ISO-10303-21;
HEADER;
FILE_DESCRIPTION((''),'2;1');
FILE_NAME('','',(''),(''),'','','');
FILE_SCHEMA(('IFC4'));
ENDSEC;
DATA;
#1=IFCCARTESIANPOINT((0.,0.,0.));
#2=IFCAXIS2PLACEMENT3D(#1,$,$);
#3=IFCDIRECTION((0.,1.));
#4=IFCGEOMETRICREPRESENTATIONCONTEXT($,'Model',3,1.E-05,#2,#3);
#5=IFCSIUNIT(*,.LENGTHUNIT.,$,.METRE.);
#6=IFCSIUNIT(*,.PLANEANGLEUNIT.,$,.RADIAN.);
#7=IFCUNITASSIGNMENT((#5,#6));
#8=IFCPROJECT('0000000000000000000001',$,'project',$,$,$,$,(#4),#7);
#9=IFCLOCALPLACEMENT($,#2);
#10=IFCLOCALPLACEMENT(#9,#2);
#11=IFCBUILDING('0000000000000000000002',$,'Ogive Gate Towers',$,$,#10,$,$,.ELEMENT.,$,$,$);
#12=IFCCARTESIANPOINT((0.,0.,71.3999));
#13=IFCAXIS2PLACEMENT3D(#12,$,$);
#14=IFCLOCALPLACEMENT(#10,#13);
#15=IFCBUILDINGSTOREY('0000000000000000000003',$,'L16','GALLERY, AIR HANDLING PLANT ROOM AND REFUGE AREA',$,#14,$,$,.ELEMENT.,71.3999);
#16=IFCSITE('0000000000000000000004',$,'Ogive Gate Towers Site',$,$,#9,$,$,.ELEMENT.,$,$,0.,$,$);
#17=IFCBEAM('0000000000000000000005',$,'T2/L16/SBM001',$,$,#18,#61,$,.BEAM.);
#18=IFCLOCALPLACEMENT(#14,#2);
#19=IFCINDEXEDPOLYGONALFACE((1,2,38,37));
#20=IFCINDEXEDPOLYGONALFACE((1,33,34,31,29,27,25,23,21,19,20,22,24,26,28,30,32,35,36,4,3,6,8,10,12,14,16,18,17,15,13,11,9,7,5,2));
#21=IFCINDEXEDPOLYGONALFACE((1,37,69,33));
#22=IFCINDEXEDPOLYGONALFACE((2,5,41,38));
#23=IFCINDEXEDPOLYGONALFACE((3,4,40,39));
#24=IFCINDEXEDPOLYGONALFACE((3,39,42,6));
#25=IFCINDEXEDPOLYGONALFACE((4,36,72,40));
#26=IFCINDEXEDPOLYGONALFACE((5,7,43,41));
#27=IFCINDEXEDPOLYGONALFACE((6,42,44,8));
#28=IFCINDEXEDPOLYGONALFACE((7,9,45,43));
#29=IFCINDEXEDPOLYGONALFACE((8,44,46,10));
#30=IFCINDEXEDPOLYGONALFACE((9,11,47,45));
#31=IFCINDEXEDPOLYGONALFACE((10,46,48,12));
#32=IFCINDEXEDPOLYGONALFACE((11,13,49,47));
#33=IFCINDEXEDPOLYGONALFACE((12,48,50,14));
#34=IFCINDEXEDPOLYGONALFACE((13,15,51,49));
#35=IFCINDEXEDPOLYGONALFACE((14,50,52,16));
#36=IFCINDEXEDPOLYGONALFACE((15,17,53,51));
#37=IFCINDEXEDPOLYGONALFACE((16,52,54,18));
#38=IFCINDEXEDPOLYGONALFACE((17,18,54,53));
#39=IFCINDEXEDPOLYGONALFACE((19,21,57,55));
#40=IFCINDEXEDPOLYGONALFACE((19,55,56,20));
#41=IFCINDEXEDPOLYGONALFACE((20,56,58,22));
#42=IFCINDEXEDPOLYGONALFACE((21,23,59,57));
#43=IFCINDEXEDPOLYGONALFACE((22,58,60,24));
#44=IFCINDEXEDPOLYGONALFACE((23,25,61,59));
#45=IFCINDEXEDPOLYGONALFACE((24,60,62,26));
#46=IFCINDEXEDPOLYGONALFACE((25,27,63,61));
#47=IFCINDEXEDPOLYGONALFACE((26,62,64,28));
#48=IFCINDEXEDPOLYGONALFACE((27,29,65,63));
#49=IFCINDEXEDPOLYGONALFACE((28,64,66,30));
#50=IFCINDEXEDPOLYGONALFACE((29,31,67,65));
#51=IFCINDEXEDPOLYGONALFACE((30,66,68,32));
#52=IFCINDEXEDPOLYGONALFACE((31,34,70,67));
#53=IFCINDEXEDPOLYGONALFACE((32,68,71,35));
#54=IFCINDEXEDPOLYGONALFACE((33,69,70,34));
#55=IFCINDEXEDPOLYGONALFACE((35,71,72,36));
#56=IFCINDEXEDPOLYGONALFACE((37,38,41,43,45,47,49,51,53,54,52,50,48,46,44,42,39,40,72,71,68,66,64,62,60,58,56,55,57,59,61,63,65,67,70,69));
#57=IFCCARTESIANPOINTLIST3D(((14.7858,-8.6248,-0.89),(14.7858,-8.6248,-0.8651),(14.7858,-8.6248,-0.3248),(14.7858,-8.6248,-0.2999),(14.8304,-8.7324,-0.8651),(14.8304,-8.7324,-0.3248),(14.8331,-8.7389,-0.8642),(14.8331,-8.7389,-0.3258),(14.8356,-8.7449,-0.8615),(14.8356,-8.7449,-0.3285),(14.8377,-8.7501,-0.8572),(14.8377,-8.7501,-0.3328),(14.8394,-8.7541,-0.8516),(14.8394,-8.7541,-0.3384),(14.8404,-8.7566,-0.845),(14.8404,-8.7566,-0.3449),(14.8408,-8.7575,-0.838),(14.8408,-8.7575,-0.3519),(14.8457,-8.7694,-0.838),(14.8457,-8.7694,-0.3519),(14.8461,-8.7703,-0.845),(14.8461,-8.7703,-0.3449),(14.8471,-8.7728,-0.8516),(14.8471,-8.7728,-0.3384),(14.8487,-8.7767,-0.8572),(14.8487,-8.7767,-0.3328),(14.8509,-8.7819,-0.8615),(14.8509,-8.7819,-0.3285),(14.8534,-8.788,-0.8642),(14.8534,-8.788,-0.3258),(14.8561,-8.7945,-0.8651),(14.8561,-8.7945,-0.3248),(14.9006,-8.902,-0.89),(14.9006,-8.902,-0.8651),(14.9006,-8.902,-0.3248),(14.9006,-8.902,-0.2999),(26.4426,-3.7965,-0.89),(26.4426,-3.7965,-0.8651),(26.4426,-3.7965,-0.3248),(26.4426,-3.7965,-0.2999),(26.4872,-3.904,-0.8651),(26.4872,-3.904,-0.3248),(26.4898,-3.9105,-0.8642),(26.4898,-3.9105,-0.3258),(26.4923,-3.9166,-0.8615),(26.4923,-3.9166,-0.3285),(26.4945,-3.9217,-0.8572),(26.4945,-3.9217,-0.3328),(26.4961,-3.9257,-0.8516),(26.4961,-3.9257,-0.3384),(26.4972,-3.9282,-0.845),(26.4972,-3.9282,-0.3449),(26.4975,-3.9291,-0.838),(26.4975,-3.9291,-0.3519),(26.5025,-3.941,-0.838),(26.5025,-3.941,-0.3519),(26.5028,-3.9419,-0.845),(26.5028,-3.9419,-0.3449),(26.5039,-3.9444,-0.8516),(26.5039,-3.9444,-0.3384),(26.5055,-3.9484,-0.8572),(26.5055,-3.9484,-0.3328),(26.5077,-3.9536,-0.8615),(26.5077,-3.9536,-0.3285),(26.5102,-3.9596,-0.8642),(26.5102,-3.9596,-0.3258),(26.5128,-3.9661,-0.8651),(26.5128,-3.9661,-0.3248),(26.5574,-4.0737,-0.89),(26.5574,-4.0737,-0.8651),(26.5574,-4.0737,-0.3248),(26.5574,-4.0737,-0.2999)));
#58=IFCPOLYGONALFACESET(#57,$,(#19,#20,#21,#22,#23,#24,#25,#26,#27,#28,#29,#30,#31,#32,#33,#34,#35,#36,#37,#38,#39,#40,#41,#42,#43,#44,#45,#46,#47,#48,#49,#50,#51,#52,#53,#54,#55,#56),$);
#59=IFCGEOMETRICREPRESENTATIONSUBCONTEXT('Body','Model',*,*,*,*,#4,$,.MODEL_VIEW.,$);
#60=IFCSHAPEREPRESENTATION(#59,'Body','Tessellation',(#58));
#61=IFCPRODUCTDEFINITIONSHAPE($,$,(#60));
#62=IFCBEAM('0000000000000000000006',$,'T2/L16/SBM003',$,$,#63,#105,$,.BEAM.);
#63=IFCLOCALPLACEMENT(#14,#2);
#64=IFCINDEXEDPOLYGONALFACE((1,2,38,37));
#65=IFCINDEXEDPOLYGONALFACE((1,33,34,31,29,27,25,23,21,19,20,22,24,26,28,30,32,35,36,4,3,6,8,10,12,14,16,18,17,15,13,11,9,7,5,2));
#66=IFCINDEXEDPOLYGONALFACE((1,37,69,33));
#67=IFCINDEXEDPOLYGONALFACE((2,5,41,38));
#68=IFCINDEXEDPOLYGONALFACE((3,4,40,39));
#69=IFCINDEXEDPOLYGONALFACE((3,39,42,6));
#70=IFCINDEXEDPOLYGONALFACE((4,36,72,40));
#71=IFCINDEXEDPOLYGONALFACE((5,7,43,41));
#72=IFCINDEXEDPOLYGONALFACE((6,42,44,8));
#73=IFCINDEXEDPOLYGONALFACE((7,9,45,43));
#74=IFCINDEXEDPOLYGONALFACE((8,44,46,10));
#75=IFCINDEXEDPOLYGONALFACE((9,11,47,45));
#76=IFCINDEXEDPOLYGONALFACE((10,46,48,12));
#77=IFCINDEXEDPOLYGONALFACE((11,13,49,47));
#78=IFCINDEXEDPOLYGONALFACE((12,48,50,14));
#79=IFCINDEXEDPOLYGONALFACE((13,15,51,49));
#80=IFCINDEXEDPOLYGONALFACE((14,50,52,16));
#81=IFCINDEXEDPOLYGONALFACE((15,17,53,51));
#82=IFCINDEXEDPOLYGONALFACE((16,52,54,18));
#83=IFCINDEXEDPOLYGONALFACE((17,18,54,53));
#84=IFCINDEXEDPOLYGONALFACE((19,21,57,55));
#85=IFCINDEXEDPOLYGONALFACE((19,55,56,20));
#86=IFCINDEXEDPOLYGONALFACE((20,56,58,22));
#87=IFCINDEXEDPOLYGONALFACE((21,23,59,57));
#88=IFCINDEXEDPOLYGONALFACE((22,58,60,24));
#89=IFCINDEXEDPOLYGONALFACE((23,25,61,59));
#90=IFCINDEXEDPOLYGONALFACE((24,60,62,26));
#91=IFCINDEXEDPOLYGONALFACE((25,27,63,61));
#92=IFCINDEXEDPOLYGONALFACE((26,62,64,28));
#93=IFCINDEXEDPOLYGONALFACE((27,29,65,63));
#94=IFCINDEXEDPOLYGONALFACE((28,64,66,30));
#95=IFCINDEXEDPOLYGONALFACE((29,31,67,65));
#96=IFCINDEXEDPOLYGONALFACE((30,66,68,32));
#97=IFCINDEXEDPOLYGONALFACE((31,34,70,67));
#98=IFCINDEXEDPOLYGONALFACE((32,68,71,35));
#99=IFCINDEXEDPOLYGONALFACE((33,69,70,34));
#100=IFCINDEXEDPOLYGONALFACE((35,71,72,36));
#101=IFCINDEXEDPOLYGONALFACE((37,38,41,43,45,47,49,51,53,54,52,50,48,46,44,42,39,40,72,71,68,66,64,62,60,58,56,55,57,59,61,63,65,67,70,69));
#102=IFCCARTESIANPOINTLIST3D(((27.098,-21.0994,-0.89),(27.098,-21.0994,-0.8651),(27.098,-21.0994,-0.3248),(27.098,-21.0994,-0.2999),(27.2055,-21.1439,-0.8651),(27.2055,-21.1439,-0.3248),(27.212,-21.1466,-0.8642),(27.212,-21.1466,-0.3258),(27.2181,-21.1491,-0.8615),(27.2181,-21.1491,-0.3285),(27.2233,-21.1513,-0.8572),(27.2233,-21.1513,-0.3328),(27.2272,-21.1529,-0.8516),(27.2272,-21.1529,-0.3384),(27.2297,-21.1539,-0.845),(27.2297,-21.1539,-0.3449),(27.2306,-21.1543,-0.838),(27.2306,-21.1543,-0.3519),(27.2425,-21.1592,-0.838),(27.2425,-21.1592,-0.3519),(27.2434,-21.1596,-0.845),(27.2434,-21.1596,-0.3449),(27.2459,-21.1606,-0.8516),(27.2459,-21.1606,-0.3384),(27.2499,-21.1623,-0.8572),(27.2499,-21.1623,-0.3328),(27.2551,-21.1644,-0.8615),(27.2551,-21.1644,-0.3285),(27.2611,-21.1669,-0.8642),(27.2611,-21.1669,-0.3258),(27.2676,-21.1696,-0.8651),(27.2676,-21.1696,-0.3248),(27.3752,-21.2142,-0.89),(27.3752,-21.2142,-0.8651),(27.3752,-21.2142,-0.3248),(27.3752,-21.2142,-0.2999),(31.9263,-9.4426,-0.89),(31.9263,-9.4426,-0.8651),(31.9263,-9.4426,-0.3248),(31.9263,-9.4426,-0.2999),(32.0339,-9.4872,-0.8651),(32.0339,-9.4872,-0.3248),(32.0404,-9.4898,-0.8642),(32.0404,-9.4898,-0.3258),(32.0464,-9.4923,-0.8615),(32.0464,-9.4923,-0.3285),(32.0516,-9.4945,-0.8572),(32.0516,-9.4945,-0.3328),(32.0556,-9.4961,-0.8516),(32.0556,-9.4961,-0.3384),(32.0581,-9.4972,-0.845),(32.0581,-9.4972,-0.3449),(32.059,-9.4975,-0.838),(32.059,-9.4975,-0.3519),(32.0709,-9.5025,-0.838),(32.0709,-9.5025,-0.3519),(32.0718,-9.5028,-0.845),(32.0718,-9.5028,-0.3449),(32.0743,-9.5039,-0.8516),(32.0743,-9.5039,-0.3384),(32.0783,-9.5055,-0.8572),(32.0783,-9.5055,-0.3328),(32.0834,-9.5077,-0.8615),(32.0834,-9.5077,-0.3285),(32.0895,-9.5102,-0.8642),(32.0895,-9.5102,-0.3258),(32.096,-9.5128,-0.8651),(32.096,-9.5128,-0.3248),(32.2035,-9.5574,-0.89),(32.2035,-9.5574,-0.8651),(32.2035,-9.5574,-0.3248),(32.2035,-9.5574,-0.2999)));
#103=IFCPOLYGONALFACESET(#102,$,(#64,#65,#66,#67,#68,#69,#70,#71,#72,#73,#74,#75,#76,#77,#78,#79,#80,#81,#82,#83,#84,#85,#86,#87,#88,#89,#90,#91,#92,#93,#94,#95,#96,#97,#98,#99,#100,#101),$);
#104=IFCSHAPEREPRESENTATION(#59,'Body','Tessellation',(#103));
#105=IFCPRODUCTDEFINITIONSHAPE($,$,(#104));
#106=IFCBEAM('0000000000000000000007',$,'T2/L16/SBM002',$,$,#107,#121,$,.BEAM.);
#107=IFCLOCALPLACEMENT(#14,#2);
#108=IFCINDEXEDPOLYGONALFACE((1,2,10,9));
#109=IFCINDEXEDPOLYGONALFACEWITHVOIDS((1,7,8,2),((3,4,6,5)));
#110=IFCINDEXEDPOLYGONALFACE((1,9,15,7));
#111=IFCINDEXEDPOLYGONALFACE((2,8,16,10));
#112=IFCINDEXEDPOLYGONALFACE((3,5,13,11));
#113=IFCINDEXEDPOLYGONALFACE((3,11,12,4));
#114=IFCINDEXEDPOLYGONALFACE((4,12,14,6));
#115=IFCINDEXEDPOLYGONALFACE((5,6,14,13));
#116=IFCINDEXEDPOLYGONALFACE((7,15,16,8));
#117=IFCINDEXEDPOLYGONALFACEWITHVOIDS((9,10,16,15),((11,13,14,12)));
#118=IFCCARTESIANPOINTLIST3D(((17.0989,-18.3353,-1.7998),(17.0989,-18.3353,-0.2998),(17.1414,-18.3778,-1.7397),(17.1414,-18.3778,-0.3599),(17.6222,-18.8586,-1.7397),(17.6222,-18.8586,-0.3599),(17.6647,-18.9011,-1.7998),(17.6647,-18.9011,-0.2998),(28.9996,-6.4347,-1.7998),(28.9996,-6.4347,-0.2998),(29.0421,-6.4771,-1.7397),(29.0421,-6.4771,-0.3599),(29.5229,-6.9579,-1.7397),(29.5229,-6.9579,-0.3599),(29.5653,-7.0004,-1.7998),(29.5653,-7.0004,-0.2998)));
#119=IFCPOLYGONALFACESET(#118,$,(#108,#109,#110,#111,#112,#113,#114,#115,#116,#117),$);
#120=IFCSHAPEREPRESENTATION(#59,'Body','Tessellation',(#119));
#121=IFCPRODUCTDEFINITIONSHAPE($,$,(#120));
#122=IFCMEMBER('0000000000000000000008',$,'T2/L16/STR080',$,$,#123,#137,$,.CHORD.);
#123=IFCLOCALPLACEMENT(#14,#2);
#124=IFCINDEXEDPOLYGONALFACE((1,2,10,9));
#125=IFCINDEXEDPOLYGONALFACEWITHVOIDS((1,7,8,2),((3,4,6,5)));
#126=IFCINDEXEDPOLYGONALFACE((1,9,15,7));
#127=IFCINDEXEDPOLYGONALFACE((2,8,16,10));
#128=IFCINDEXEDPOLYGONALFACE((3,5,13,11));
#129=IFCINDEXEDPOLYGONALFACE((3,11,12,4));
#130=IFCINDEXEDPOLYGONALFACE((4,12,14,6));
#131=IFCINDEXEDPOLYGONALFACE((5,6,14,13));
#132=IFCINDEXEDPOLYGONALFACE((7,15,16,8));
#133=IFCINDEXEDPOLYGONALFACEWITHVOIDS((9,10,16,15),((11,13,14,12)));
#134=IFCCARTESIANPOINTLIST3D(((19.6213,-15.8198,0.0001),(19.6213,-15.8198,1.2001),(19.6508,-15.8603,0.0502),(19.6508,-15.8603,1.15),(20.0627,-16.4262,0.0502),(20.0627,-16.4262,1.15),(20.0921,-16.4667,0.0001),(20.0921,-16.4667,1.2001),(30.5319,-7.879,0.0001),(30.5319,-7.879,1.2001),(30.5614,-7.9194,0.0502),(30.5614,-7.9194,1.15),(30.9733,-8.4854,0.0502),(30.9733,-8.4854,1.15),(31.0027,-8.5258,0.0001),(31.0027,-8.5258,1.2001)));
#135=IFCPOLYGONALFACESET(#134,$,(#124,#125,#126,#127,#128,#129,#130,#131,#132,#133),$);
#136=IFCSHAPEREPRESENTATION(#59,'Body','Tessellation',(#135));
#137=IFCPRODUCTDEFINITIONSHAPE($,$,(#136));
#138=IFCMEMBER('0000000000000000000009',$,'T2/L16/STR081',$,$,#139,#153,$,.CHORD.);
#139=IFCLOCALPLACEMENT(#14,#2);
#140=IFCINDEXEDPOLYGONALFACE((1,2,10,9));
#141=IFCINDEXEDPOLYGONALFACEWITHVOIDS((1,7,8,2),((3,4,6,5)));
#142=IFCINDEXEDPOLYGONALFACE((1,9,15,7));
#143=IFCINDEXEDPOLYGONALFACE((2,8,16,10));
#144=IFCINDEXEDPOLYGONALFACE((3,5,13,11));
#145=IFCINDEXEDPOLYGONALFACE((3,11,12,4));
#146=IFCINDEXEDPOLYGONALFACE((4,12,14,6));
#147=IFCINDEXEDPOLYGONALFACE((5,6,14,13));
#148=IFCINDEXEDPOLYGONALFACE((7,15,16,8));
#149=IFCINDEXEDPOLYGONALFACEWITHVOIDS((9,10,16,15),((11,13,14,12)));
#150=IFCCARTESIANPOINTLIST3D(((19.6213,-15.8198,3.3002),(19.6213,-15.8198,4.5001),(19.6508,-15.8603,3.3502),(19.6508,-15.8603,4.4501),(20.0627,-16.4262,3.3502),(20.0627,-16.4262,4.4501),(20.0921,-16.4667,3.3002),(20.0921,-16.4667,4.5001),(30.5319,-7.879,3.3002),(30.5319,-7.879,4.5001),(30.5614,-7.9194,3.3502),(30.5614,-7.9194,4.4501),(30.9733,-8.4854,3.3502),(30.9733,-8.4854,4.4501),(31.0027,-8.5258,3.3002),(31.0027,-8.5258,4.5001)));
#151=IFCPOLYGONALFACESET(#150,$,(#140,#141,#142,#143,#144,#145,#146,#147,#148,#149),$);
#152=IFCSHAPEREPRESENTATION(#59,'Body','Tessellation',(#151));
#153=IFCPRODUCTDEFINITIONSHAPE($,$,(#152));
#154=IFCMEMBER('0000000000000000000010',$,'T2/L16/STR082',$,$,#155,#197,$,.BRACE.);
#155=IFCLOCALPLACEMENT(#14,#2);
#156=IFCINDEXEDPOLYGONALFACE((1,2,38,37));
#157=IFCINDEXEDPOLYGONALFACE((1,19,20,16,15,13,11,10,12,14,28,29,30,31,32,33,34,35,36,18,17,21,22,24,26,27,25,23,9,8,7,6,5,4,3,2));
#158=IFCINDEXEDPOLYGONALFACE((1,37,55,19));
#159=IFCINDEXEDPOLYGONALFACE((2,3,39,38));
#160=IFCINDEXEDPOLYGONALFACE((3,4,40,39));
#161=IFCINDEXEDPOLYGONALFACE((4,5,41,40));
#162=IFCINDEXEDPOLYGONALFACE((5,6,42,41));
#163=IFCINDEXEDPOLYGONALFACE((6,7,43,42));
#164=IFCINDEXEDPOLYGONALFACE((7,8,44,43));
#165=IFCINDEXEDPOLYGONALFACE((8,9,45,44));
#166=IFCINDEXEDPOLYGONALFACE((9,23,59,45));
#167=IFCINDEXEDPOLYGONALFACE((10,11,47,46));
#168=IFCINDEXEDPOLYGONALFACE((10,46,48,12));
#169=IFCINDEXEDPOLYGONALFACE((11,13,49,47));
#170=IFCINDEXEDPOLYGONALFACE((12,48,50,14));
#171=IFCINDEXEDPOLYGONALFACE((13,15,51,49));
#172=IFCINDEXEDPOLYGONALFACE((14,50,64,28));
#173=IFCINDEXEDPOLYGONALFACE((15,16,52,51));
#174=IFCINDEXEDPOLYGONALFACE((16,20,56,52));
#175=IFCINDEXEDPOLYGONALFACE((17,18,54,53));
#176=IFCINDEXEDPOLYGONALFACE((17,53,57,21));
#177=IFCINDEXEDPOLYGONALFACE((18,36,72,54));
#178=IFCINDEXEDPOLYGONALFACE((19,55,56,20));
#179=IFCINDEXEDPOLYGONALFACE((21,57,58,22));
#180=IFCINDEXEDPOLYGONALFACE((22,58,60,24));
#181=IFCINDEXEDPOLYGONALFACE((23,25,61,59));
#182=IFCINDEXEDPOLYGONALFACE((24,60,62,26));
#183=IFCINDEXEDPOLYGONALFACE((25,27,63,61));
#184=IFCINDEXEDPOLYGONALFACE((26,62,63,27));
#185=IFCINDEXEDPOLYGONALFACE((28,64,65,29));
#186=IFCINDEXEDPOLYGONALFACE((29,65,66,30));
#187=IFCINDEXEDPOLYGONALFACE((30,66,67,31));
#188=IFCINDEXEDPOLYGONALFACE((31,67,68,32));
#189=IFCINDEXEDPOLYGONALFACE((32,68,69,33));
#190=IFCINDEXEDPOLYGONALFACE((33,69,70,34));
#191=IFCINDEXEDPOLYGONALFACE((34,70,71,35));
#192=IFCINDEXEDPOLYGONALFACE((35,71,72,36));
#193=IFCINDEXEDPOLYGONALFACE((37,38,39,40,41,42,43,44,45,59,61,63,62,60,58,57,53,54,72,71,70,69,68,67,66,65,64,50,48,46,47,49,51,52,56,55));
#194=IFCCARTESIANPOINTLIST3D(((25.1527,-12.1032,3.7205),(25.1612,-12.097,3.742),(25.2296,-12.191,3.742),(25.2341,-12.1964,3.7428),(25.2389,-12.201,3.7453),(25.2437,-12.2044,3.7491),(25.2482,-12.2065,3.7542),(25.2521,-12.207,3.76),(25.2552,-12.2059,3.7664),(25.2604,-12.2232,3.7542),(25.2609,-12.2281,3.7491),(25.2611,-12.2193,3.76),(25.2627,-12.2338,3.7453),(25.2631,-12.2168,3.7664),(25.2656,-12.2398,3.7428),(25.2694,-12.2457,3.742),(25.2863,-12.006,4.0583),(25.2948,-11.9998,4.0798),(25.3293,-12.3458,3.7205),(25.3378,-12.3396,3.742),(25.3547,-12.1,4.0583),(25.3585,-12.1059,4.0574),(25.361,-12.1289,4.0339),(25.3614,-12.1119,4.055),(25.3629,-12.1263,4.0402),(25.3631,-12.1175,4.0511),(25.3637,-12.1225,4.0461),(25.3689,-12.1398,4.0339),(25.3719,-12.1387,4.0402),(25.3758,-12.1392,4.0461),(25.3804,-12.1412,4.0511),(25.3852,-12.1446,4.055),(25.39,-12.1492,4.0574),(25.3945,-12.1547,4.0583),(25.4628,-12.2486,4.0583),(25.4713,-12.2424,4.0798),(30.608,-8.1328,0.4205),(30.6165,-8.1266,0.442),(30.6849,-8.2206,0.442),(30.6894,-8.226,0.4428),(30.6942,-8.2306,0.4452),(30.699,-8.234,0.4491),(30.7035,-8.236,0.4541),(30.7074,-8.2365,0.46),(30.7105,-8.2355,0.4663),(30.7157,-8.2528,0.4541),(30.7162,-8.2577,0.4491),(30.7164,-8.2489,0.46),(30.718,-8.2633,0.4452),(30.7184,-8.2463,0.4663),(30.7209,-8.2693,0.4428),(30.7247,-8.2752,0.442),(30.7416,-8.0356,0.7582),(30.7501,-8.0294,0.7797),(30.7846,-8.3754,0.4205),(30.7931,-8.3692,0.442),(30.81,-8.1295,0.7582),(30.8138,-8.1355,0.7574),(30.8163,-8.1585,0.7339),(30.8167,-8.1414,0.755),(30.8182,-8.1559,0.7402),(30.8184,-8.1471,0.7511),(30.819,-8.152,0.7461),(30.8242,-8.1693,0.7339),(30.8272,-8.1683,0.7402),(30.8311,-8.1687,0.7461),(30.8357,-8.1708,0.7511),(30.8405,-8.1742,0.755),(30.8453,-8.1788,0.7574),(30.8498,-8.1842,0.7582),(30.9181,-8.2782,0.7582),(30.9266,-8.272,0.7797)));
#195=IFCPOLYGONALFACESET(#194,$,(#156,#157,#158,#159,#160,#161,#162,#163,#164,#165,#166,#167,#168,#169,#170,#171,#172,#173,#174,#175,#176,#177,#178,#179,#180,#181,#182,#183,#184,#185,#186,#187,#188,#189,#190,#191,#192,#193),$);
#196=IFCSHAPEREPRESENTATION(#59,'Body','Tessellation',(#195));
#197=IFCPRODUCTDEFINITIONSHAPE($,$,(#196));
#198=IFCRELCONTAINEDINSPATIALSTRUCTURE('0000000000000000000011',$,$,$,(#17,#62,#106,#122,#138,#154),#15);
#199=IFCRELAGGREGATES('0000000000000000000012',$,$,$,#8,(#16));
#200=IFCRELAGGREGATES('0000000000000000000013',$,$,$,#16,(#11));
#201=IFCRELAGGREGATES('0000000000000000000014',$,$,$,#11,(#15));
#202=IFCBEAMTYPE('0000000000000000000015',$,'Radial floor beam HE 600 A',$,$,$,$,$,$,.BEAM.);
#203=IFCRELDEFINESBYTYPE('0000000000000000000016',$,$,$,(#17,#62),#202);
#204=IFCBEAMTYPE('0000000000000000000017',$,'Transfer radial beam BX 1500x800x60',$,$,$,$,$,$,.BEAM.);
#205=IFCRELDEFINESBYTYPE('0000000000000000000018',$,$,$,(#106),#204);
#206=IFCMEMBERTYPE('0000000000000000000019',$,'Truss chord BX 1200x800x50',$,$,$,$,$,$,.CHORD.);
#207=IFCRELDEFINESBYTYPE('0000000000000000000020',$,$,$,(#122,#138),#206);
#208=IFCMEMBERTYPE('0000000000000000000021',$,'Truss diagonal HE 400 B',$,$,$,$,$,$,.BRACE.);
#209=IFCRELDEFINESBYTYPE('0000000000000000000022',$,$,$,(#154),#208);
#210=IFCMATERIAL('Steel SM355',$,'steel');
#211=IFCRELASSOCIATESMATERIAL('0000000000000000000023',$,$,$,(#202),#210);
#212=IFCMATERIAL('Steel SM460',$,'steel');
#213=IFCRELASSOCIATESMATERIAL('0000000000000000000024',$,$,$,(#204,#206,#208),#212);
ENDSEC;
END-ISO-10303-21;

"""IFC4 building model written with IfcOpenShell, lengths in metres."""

from ifc_helpers import new_model, si_unit, direction, frame, origin, origin_2d, place, context, subcontext, project, spatial, hollow_rectangle, i_section, extrude, material, material_profile, profile_set, type_object, element, save


model = new_model("IFC4")

# Units and contexts
model_context = context("Model", 3, precision=1e-05, world=origin(), true_north=direction((0.0, 1.0)))
body_context = subcontext(model_context, "Body", "Model", "MODEL_VIEW")
ifc_project = project(units=[si_unit("LENGTHUNIT", "METRE"), si_unit("PLANEANGLEUNIT", "RADIAN")], contexts=[model_context])

# Site, building, storey
site_placement = place(None, origin())
site = spatial("IfcSite", under=ifc_project, at=site_placement, Name="Ogive Gate Towers Site", CompositionType="ELEMENT", RefElevation=0.0)
building_placement = place(site_placement, origin())
building = spatial("IfcBuilding", under=site, at=building_placement, Name="Ogive Gate Towers", CompositionType="ELEMENT")
storey_placement = place(building_placement, frame((0.0, 0.0, 71.3999)))
storey = spatial("IfcBuildingStorey", under=building, at=storey_placement, Name="L16", Description="GALLERY, AIR HANDLING PLANT ROOM AND REFUGE AREA", CompositionType="ELEMENT", Elevation=71.3999)

# Beams
ifc_material_1 = material(Name="Steel SM355", Category="steel")
ifc_material_profile_1 = material_profile(ifc_material_1, i_section(OverallWidth=0.3, OverallDepth=0.5901, WebThickness=0.0129, FlangeThickness=0.0249, FilletRadius=0.0271, at=origin_2d()), Name="HE 600 A")
ifc_profile_set_1 = profile_set([ifc_material_profile_1], Name="Steel SM355")
beam_type_1 = type_object("IfcBeamType", Name="Radial floor beam HE 600 A", PredefinedType="BEAM", material=ifc_profile_set_1)
for number, where, z_axis, x_axis, name in (
    (1, (26.5, -3.9351, -0.595), (-0.92388, -0.382683, 0.0), (0.382683, -0.92388, 0.0), "T2/L16/SBM001"),
    (2, (32.0649, -9.5, -0.595), (-0.382683, -0.92388, 0.0), (0.92388, -0.382683, 0.0), "T2/L16/SBM003"),
):
    element("IfcBeam", number, at=place(storey_placement, frame(where, z_axis=z_axis, x_axis=x_axis)), inside=storey, type_object=beam_type_1, Name=name, PredefinedType="BEAM", context=body_context, shape_type="SweptSolid", body=[
        extrude(i_section(OverallWidth=0.3, OverallDepth=0.5901, WebThickness=0.0129, FlangeThickness=0.0249, FilletRadius=0.0271, at=origin_2d()), origin(), (0.0, 0.0, 1.0), 12.6172),
    ])
ifc_material_2 = material(Name="Steel SM460", Category="steel")
ifc_material_profile_2 = material_profile(ifc_material_2, hollow_rectangle(XDim=0.8, YDim=1.5, WallThickness=0.0601, at=origin_2d()), Name="BX 1500x800x60")
ifc_profile_set_2 = profile_set([ifc_material_profile_2], Name="Steel SM460")
beam_type_2 = type_object("IfcBeamType", Name="Transfer radial beam BX 1500x800x60", PredefinedType="BEAM", material=ifc_profile_set_2)
beam_placement = place(storey_placement, frame((29.2825, -6.7175, -1.0498), z_axis=(-0.707107, -0.707107, 0.0), x_axis=(0.707107, -0.707107, 0.0)))
element("IfcBeam", 3, at=beam_placement, inside=storey, type_object=beam_type_2, Name="T2/L16/SBM002", PredefinedType="BEAM", context=body_context, shape_type="SweptSolid", body=[
    extrude(hollow_rectangle(XDim=0.8, YDim=1.5, WallThickness=0.0601, at=origin_2d()), origin(), (0.0, 0.0, 1.0), 16.8301),
])

# Members
ifc_material_profile_3 = material_profile(ifc_material_2, hollow_rectangle(XDim=0.8, YDim=1.2, WallThickness=0.05, at=origin_2d()), Name="BX 1200x800x50")
ifc_profile_set_3 = profile_set([ifc_material_profile_3], Name="Steel SM460")
member_type_1 = type_object("IfcMemberType", Name="Truss chord BX 1200x800x50", PredefinedType="CHORD", material=ifc_profile_set_3)
for number, where, z_axis, x_axis, name in (
    (4, (30.7673, -8.2024, 0.6001), (-0.808528, -0.588458, 0.0), (0.588458, -0.808528, 0.0), "T2/L16/STR080"),
    (5, (30.7673, -8.2024, 3.9001), (-0.808528, -0.588458, 0.0), (0.588458, -0.808528, 0.0), "T2/L16/STR081"),
):
    element("IfcMember", number, at=place(storey_placement, frame(where, z_axis=z_axis, x_axis=x_axis)), inside=storey, type_object=member_type_1, Name=name, PredefinedType="CHORD", context=body_context, shape_type="SweptSolid", body=[
        extrude(hollow_rectangle(XDim=0.8, YDim=1.2, WallThickness=0.05, at=origin_2d()), origin(), (0.0, 0.0, 1.0), 13.4944),
    ])
ifc_material_profile_4 = material_profile(ifc_material_2, i_section(OverallWidth=0.3, OverallDepth=0.3999, WebThickness=0.0134, FlangeThickness=0.0239, FilletRadius=0.0271, at=origin_2d()), Name="HE 400 B")
ifc_profile_set_4 = profile_set([ifc_material_profile_4], Name="Steel SM460")
member_type_2 = type_object("IfcMemberType", Name="Truss diagonal HE 400 B", PredefinedType="BRACE", material=ifc_profile_set_4)
member_placement = place(storey_placement, frame((30.7673, -8.2024, 0.6001), z_axis=(-0.726309, -0.528618, 0.439361), x_axis=(0.588458, -0.808528, 0.0)))
element("IfcMember", 6, at=member_placement, inside=storey, type_object=member_type_2, Name="T2/L16/STR082", PredefinedType="BRACE", context=body_context, shape_type="SweptSolid", body=[
    extrude(i_section(OverallWidth=0.3, OverallDepth=0.3999, WebThickness=0.0134, FlangeThickness=0.0239, FilletRadius=0.0271, at=origin_2d()), origin(), (0.0, 0.0, 1.0), 7.511),
])

save(model, "model.ifc")
